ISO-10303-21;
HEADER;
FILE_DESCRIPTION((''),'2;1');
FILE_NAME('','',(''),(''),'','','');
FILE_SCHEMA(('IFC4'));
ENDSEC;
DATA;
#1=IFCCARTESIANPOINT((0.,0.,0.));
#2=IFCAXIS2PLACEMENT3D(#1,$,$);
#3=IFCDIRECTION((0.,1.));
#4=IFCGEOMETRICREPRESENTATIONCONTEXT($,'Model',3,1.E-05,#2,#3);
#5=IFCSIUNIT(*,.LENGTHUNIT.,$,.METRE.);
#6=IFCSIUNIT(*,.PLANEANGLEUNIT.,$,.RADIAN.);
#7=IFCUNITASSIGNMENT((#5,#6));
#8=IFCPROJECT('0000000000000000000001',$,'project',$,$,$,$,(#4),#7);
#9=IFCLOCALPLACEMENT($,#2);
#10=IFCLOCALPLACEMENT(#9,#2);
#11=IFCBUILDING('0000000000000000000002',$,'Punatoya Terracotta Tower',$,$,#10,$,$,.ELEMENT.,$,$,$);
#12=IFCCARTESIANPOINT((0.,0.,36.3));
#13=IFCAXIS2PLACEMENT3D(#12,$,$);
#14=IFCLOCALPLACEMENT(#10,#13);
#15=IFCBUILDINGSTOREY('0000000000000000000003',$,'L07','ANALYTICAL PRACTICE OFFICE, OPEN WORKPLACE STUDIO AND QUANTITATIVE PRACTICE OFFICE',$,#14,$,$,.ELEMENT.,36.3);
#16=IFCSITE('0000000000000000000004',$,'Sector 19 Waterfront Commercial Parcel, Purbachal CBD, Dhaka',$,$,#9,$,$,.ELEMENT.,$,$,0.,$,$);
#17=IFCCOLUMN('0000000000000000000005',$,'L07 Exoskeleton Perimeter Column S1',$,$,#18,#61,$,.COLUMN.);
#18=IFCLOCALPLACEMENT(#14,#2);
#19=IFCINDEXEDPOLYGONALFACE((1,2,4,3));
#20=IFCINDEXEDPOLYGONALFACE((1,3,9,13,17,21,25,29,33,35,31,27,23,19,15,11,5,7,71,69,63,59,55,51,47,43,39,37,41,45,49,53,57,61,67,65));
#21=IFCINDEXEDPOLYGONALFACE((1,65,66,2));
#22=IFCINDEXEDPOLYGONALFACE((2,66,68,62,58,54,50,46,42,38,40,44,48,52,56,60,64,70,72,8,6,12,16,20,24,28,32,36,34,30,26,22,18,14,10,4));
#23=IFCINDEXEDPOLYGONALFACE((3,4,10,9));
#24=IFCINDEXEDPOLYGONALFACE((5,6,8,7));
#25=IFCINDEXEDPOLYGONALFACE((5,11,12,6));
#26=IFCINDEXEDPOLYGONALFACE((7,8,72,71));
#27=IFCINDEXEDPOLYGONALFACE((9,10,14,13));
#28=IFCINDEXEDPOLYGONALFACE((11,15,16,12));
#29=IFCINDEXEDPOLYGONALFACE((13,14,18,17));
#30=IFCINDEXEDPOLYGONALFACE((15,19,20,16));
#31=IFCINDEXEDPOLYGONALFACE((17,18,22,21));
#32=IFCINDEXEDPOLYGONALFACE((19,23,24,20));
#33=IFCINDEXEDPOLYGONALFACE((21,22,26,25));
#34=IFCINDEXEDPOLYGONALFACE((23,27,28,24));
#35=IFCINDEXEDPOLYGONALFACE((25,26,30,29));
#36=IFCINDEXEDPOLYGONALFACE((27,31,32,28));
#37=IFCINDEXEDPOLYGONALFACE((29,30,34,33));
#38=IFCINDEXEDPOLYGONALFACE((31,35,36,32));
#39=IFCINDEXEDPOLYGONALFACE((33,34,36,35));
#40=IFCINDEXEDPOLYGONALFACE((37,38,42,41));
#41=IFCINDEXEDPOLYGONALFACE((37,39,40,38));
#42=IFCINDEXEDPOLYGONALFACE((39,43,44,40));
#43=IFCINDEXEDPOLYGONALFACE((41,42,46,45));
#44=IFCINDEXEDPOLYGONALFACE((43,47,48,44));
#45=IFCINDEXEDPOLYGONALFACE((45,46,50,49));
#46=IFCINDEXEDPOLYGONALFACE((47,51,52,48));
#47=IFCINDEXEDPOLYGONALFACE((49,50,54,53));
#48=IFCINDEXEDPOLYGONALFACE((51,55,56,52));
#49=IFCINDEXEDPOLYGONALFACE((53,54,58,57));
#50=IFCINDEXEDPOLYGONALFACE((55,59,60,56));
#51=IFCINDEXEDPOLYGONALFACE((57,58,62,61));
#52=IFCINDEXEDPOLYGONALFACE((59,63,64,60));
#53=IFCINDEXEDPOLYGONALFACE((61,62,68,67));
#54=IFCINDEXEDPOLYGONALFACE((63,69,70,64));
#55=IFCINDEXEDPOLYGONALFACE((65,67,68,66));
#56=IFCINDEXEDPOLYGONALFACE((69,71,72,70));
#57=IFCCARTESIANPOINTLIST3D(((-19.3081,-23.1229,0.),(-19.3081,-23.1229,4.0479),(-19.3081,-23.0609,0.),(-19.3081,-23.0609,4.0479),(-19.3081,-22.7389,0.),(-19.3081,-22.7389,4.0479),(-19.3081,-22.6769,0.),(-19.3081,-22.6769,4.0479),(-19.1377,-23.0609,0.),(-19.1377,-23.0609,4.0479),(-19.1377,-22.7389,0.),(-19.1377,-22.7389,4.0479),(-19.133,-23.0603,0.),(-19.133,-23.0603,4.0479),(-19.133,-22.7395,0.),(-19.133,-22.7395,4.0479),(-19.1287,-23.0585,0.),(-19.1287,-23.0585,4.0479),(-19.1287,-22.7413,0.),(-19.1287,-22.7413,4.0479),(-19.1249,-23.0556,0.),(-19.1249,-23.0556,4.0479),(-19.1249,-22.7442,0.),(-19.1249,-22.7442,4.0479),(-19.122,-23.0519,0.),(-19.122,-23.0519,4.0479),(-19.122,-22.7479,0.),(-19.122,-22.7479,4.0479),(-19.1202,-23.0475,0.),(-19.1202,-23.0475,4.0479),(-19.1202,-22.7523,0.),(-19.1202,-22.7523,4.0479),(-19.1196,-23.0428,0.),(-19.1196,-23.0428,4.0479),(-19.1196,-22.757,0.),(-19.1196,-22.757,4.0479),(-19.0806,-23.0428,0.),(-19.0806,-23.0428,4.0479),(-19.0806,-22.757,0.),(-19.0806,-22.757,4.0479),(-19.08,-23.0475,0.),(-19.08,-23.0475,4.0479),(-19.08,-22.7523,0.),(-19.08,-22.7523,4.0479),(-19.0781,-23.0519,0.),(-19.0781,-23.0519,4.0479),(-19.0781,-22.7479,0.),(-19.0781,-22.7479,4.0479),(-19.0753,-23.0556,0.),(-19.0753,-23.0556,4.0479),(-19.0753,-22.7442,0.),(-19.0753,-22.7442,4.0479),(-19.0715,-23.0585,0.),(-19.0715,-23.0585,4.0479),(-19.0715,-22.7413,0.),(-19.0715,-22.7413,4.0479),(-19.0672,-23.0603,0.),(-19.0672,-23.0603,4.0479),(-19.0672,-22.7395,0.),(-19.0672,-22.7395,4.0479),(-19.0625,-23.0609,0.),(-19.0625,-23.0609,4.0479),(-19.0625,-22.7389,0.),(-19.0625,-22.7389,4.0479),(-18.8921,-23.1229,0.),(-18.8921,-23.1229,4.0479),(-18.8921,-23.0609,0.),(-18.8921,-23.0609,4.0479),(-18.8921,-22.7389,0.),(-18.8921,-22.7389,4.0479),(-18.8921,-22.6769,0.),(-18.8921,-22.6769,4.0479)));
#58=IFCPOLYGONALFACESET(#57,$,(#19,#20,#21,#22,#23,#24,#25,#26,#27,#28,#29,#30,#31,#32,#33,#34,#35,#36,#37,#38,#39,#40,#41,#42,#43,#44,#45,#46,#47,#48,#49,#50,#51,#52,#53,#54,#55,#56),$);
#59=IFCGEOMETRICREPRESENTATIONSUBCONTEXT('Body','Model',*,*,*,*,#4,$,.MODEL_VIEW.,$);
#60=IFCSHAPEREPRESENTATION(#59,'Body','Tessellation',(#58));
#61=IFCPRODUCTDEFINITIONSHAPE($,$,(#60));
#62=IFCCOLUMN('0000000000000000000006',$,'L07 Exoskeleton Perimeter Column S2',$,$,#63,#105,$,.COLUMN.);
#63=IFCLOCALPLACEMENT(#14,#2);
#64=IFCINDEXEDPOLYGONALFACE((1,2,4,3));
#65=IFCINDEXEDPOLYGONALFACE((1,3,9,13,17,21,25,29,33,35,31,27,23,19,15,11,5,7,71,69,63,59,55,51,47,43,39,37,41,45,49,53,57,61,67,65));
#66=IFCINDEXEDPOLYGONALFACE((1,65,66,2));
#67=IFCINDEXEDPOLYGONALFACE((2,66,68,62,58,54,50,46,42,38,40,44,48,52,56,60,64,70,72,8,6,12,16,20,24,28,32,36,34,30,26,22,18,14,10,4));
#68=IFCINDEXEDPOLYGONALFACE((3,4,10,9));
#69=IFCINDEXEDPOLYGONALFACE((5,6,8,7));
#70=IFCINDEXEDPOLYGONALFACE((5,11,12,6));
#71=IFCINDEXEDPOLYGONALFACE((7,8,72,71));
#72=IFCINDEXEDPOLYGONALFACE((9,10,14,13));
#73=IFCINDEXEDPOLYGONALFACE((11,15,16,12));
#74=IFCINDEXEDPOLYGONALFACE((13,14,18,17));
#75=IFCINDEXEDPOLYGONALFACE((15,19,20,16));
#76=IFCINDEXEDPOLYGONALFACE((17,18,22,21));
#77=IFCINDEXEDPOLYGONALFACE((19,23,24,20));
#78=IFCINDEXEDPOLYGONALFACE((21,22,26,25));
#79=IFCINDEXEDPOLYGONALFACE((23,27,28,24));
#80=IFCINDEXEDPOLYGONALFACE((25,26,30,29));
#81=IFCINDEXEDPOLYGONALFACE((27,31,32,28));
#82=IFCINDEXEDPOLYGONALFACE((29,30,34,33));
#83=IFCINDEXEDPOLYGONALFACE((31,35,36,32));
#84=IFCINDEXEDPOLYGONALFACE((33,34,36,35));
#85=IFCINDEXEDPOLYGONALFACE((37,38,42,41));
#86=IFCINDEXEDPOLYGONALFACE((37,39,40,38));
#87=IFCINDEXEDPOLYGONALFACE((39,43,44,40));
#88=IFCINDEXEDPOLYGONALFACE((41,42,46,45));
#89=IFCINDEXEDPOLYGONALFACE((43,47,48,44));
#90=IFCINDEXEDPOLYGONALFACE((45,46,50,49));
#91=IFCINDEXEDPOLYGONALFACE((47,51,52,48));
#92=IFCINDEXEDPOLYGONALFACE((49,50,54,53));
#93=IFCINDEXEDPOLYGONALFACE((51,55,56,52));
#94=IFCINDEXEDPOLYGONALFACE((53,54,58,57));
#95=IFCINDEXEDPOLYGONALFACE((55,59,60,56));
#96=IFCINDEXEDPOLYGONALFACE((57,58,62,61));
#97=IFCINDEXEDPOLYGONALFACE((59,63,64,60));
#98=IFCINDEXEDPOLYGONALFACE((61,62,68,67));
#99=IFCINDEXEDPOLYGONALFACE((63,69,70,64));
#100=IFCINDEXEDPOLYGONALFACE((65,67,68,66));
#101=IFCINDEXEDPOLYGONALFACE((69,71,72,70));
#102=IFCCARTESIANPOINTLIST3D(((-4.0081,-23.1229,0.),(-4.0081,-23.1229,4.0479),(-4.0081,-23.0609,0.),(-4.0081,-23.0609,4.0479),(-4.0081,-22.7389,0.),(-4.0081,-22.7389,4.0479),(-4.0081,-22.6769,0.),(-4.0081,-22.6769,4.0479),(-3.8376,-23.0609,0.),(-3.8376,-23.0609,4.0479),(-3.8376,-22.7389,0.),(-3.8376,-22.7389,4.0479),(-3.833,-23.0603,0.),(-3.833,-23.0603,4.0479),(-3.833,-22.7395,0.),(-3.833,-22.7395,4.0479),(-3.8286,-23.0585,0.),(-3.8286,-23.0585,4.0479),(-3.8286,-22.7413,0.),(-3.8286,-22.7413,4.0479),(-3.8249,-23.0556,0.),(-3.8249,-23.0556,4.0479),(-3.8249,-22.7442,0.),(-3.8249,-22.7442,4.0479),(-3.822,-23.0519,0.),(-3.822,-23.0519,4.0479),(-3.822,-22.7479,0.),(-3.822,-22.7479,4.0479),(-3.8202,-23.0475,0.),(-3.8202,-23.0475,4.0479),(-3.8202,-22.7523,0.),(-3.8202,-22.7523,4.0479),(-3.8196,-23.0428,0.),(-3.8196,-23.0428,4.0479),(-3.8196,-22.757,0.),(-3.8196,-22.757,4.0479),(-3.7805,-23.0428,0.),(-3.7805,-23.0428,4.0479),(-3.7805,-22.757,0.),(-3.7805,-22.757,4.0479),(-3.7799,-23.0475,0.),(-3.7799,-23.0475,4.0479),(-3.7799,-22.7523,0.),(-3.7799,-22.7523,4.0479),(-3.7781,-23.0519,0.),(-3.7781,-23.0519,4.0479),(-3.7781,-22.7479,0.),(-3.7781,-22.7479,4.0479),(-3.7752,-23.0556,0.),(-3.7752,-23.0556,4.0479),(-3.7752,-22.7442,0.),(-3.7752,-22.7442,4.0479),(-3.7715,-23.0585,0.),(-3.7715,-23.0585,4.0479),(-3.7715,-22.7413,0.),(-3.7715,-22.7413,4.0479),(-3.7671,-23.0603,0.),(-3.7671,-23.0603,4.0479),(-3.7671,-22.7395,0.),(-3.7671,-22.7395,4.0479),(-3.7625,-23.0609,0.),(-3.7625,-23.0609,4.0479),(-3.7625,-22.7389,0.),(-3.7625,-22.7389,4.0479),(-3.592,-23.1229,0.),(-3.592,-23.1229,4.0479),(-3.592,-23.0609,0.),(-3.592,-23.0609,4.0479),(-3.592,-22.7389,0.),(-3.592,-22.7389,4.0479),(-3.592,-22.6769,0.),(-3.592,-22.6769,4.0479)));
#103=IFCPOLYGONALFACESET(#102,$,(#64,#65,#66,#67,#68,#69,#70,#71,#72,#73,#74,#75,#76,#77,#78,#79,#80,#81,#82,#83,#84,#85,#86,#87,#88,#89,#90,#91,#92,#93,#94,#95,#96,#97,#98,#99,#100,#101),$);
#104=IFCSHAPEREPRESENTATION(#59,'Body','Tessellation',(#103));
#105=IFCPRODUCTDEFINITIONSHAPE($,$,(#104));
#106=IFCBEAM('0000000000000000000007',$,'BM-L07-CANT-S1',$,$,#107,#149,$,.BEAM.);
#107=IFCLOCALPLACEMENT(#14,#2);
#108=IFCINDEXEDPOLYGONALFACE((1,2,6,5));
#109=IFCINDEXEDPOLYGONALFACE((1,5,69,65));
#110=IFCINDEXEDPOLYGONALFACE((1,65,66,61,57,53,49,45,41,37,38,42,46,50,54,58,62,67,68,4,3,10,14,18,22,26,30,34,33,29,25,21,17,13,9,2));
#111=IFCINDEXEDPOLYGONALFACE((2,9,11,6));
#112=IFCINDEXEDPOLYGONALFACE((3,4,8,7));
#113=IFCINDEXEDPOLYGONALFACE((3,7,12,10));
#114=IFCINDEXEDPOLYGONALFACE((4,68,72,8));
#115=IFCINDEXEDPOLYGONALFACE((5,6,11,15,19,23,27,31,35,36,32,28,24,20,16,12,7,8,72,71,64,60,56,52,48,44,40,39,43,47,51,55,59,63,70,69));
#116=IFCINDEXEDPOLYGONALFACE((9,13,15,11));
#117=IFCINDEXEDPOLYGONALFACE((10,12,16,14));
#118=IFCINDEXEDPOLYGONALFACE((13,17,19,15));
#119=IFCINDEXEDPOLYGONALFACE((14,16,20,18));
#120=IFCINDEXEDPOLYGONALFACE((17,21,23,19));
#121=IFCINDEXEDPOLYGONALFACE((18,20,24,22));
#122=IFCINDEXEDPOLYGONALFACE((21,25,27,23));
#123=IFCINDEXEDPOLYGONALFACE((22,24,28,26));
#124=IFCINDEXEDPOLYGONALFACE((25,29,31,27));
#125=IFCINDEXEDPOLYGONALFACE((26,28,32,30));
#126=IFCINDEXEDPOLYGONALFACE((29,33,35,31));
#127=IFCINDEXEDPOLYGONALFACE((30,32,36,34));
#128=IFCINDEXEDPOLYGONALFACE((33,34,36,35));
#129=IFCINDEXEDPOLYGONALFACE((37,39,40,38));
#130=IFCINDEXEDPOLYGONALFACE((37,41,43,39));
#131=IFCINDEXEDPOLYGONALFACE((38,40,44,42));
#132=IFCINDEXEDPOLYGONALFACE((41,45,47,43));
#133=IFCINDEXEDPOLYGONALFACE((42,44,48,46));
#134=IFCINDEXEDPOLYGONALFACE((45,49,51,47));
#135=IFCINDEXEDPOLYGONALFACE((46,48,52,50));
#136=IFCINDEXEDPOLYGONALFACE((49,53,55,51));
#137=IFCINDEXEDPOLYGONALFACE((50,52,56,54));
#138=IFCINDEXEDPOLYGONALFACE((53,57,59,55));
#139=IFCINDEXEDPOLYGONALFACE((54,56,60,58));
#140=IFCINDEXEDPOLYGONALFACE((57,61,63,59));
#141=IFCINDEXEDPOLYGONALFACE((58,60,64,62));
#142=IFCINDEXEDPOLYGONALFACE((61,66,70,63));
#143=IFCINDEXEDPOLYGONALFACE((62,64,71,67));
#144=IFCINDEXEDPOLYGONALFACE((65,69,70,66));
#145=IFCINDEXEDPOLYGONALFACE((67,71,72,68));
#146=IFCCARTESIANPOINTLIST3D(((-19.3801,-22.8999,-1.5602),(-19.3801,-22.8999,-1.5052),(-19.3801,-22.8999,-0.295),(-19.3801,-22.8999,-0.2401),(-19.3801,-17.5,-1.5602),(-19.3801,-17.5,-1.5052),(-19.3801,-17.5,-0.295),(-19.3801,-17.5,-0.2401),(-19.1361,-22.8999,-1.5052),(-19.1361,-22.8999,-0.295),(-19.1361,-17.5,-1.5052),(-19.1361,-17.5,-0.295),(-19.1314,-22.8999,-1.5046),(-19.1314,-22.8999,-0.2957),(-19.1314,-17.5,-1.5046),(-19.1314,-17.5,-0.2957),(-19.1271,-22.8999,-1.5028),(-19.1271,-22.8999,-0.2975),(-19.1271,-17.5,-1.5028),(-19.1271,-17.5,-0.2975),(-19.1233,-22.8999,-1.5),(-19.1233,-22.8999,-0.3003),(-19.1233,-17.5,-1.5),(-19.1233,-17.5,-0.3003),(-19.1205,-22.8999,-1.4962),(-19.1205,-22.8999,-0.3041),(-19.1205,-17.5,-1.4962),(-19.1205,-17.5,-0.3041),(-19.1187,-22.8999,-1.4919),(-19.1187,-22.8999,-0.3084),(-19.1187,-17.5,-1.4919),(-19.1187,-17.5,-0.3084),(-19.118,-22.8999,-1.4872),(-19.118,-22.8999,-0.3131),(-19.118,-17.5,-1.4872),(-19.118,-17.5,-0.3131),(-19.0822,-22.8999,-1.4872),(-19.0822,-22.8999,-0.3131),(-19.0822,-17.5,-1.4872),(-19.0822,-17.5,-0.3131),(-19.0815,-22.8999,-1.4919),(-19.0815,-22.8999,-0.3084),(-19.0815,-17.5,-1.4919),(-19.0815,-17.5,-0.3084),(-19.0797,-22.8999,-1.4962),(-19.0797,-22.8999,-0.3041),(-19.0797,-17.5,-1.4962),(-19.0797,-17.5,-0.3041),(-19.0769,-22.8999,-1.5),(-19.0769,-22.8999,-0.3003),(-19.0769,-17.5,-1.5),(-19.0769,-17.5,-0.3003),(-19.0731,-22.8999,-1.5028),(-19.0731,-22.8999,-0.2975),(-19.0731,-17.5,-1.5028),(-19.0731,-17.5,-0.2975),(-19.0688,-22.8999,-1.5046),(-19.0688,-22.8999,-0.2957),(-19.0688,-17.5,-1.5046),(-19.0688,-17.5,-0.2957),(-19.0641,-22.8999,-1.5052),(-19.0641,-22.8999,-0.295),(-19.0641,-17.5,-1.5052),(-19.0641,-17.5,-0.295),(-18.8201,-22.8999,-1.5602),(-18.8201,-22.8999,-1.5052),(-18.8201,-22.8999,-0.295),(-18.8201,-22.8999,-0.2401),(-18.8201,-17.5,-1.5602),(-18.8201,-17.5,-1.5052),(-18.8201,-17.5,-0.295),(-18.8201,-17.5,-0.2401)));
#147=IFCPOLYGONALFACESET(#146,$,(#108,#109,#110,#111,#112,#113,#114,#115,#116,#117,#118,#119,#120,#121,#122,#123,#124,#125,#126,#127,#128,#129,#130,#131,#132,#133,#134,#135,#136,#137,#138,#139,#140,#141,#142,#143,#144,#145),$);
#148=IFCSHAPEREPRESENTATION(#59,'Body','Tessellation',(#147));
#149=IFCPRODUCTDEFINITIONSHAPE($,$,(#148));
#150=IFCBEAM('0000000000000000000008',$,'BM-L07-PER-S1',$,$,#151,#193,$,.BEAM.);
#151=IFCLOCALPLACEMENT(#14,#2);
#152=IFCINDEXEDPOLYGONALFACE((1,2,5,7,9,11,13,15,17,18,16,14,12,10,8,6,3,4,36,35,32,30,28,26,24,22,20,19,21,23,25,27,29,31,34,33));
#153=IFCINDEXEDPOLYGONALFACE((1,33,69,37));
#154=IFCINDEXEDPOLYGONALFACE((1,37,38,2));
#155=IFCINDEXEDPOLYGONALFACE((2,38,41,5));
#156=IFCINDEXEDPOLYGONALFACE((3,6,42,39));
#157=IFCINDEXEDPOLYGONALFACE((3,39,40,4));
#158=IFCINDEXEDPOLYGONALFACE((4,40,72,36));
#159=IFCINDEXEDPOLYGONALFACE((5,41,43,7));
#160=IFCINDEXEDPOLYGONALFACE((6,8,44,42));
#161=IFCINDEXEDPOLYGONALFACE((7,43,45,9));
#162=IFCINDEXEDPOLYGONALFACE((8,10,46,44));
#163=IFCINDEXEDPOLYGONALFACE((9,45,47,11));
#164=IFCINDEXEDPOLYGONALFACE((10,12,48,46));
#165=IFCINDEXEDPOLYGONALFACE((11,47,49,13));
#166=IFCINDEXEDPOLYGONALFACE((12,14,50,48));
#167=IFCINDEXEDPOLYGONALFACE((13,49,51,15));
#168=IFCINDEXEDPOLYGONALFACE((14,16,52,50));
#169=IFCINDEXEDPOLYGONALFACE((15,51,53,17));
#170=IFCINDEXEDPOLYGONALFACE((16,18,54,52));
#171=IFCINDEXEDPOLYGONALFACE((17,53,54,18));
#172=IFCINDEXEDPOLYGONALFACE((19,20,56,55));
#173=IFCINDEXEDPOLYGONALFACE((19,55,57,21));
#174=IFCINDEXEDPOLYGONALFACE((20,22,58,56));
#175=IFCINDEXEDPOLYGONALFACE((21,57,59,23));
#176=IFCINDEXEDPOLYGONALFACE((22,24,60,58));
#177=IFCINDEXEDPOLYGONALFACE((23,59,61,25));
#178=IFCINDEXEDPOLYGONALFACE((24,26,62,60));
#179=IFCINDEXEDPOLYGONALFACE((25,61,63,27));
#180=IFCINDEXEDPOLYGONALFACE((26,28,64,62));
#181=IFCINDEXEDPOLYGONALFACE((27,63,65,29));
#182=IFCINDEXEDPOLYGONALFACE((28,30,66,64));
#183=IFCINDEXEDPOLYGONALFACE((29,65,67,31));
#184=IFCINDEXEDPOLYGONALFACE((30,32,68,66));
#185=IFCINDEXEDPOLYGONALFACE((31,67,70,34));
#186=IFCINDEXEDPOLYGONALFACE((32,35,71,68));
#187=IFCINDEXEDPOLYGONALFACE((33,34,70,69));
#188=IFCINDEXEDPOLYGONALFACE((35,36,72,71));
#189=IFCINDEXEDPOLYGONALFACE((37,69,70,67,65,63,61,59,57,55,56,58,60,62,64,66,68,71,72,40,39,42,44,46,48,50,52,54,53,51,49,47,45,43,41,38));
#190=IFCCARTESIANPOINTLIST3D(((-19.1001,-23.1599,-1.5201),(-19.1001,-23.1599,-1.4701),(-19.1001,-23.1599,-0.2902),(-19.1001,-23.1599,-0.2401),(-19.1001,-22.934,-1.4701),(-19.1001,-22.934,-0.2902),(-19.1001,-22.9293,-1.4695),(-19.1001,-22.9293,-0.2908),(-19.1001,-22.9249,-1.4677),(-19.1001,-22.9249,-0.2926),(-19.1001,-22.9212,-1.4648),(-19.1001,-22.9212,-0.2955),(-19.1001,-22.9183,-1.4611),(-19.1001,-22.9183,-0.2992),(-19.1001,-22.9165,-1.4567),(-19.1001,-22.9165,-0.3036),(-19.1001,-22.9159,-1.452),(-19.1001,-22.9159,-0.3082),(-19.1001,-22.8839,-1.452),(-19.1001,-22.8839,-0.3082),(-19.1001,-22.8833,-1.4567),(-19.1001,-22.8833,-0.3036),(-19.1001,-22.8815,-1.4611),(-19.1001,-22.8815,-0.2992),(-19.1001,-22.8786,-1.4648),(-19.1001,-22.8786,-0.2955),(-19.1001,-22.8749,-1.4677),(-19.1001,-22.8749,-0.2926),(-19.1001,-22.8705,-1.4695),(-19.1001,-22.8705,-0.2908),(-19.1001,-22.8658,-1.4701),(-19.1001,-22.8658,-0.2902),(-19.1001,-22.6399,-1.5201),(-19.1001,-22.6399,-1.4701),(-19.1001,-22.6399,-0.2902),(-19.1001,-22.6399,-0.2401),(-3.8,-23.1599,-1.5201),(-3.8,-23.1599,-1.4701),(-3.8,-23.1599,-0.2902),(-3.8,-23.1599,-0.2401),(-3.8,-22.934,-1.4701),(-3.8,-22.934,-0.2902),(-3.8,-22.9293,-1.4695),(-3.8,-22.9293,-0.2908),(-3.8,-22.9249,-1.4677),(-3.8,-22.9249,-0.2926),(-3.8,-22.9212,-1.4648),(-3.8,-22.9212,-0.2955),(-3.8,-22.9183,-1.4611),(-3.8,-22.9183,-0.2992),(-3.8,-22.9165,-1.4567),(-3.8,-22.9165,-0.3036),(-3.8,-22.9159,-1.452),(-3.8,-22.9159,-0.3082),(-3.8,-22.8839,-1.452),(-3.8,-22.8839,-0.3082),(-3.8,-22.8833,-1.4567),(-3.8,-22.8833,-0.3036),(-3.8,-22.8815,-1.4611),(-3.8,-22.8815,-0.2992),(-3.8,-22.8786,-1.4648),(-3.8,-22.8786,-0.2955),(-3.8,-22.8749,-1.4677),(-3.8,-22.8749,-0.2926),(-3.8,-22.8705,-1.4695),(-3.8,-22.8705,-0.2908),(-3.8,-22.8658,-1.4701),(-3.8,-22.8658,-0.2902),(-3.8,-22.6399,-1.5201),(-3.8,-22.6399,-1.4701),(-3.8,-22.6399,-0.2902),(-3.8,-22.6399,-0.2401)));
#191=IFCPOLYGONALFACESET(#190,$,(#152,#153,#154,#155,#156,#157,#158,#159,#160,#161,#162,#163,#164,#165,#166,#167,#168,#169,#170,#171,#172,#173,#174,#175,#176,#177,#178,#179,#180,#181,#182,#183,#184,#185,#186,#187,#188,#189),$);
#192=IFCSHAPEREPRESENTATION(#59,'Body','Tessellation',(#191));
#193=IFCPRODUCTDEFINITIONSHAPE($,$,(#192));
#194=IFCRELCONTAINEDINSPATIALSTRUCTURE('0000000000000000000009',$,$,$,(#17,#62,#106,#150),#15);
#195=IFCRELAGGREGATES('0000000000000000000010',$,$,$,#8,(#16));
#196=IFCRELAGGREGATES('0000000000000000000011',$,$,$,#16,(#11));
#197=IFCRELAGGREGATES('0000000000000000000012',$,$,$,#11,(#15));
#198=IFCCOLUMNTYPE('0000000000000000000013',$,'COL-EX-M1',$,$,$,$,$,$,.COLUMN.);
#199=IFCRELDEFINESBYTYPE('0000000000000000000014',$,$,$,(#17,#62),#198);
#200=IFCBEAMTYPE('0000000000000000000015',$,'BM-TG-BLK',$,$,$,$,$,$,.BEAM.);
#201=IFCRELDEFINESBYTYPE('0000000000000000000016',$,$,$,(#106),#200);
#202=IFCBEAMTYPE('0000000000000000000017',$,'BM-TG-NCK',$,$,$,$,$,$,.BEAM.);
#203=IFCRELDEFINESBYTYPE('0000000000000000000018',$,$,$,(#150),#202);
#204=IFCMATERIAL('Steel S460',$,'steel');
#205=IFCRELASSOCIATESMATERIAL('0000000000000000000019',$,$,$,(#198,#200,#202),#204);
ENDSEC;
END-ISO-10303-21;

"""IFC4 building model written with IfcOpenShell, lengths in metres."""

from ifc_helpers import new_model, si_unit, direction, frame, origin, origin_2d, place, context, subcontext, project, spatial, i_section, extrude, material, material_profile, profile_set, type_object, element, save


model = new_model("IFC4")

# Units and contexts
model_context = context("Model", 3, precision=1e-05, world=origin(), true_north=direction((0.0, 1.0)))
body_context = subcontext(model_context, "Body", "Model", "MODEL_VIEW")
ifc_project = project(units=[si_unit("LENGTHUNIT", "METRE"), si_unit("PLANEANGLEUNIT", "RADIAN")], contexts=[model_context])

# Site, building, storey
site_placement = place(None, origin())
site = spatial("IfcSite", under=ifc_project, at=site_placement, Name="Sector 19 Waterfront Commercial Parcel, Purbachal CBD, Dhaka", CompositionType="ELEMENT", RefElevation=0.0)
building_placement = place(site_placement, origin())
building = spatial("IfcBuilding", under=site, at=building_placement, Name="Punatoya Terracotta Tower", CompositionType="ELEMENT")
storey_placement = place(building_placement, frame((0.0, 0.0, 36.3)))
storey = spatial("IfcBuildingStorey", under=building, at=storey_placement, Name="L07", Description="ANALYTICAL PRACTICE OFFICE, OPEN WORKPLACE STUDIO AND QUANTITATIVE PRACTICE OFFICE", CompositionType="ELEMENT", Elevation=36.3)

# Columns
ifc_material_1 = material(Name="Steel S460", Category="steel")
ifc_material_profile_1 = material_profile(ifc_material_1, i_section(OverallWidth=0.416, OverallDepth=0.446, WebThickness=0.0391, FlangeThickness=0.062, FilletRadius=0.0181, at=origin_2d()))
ifc_profile_set_1 = profile_set([ifc_material_profile_1], Name="Steel S460")
column_type = type_object("IfcColumnType", Name="COL-EX-M1", PredefinedType="COLUMN", material=ifc_profile_set_1)
for number, where, z_axis, x_axis, name in (
    (1, (-19.1001, -22.8999, 0.0), (0.0, 0.0, 1.0), (1.0, 0.0, 0.0), "L07 Exoskeleton Perimeter Column S1"),
    (2, (-3.8, -22.8999, 0.0), (0.0, 0.0, 1.0), (1.0, 0.0, 0.0), "L07 Exoskeleton Perimeter Column S2"),
):
    element("IfcColumn", number, at=place(storey_placement, frame(where, z_axis=z_axis, x_axis=x_axis)), inside=storey, type_object=column_type, Name=name, PredefinedType="COLUMN", context=body_context, shape_type="SweptSolid", body=[
        extrude(i_section(OverallWidth=0.416, OverallDepth=0.446, WebThickness=0.0391, FlangeThickness=0.062, FilletRadius=0.0181, at=origin_2d()), origin(), (0.0, 0.0, 1.0), 4.0479),
    ])

# Beams
ifc_material_profile_2 = material_profile(ifc_material_1, i_section(OverallWidth=0.5601, OverallDepth=1.3201, WebThickness=0.0359, FlangeThickness=0.0549, FilletRadius=0.0181, at=origin_2d()))
ifc_profile_set_2 = profile_set([ifc_material_profile_2], Name="Steel S460")
beam_type_1 = type_object("IfcBeamType", Name="BM-TG-BLK", PredefinedType="BEAM", material=ifc_profile_set_2)
beam_1_placement = place(storey_placement, frame((-19.1001, -22.8999, -0.9001), z_axis=(0.0, 1.0, 0.0), x_axis=(-1.0, 0.0, 0.0)))
element("IfcBeam", 3, at=beam_1_placement, inside=storey, type_object=beam_type_1, Name="BM-L07-CANT-S1", PredefinedType="BEAM", context=body_context, shape_type="SweptSolid", body=[
    extrude(i_section(OverallWidth=0.5601, OverallDepth=1.3201, WebThickness=0.0359, FlangeThickness=0.0549, FilletRadius=0.0181, at=origin_2d()), origin(), (0.0, 0.0, 1.0), 5.3999),
])
ifc_material_profile_3 = material_profile(ifc_material_1, i_section(OverallWidth=0.52, OverallDepth=1.28, WebThickness=0.032, FlangeThickness=0.05, FilletRadius=0.0181, at=origin_2d()))
ifc_profile_set_3 = profile_set([ifc_material_profile_3], Name="Steel S460")
beam_type_2 = type_object("IfcBeamType", Name="BM-TG-NCK", PredefinedType="BEAM", material=ifc_profile_set_3)
beam_2_placement = place(storey_placement, frame((-19.1001, -22.8999, -0.8801), z_axis=(1.0, 0.0, 0.0), x_axis=(0.0, 1.0, 0.0)))
element("IfcBeam", 4, at=beam_2_placement, inside=storey, type_object=beam_type_2, Name="BM-L07-PER-S1", PredefinedType="BEAM", context=body_context, shape_type="SweptSolid", body=[
    extrude(i_section(OverallWidth=0.52, OverallDepth=1.28, WebThickness=0.032, FlangeThickness=0.05, FilletRadius=0.0181, at=origin_2d()), origin(), (0.0, 0.0, 1.0), 15.3),
])

save(model, "model.ifc")
